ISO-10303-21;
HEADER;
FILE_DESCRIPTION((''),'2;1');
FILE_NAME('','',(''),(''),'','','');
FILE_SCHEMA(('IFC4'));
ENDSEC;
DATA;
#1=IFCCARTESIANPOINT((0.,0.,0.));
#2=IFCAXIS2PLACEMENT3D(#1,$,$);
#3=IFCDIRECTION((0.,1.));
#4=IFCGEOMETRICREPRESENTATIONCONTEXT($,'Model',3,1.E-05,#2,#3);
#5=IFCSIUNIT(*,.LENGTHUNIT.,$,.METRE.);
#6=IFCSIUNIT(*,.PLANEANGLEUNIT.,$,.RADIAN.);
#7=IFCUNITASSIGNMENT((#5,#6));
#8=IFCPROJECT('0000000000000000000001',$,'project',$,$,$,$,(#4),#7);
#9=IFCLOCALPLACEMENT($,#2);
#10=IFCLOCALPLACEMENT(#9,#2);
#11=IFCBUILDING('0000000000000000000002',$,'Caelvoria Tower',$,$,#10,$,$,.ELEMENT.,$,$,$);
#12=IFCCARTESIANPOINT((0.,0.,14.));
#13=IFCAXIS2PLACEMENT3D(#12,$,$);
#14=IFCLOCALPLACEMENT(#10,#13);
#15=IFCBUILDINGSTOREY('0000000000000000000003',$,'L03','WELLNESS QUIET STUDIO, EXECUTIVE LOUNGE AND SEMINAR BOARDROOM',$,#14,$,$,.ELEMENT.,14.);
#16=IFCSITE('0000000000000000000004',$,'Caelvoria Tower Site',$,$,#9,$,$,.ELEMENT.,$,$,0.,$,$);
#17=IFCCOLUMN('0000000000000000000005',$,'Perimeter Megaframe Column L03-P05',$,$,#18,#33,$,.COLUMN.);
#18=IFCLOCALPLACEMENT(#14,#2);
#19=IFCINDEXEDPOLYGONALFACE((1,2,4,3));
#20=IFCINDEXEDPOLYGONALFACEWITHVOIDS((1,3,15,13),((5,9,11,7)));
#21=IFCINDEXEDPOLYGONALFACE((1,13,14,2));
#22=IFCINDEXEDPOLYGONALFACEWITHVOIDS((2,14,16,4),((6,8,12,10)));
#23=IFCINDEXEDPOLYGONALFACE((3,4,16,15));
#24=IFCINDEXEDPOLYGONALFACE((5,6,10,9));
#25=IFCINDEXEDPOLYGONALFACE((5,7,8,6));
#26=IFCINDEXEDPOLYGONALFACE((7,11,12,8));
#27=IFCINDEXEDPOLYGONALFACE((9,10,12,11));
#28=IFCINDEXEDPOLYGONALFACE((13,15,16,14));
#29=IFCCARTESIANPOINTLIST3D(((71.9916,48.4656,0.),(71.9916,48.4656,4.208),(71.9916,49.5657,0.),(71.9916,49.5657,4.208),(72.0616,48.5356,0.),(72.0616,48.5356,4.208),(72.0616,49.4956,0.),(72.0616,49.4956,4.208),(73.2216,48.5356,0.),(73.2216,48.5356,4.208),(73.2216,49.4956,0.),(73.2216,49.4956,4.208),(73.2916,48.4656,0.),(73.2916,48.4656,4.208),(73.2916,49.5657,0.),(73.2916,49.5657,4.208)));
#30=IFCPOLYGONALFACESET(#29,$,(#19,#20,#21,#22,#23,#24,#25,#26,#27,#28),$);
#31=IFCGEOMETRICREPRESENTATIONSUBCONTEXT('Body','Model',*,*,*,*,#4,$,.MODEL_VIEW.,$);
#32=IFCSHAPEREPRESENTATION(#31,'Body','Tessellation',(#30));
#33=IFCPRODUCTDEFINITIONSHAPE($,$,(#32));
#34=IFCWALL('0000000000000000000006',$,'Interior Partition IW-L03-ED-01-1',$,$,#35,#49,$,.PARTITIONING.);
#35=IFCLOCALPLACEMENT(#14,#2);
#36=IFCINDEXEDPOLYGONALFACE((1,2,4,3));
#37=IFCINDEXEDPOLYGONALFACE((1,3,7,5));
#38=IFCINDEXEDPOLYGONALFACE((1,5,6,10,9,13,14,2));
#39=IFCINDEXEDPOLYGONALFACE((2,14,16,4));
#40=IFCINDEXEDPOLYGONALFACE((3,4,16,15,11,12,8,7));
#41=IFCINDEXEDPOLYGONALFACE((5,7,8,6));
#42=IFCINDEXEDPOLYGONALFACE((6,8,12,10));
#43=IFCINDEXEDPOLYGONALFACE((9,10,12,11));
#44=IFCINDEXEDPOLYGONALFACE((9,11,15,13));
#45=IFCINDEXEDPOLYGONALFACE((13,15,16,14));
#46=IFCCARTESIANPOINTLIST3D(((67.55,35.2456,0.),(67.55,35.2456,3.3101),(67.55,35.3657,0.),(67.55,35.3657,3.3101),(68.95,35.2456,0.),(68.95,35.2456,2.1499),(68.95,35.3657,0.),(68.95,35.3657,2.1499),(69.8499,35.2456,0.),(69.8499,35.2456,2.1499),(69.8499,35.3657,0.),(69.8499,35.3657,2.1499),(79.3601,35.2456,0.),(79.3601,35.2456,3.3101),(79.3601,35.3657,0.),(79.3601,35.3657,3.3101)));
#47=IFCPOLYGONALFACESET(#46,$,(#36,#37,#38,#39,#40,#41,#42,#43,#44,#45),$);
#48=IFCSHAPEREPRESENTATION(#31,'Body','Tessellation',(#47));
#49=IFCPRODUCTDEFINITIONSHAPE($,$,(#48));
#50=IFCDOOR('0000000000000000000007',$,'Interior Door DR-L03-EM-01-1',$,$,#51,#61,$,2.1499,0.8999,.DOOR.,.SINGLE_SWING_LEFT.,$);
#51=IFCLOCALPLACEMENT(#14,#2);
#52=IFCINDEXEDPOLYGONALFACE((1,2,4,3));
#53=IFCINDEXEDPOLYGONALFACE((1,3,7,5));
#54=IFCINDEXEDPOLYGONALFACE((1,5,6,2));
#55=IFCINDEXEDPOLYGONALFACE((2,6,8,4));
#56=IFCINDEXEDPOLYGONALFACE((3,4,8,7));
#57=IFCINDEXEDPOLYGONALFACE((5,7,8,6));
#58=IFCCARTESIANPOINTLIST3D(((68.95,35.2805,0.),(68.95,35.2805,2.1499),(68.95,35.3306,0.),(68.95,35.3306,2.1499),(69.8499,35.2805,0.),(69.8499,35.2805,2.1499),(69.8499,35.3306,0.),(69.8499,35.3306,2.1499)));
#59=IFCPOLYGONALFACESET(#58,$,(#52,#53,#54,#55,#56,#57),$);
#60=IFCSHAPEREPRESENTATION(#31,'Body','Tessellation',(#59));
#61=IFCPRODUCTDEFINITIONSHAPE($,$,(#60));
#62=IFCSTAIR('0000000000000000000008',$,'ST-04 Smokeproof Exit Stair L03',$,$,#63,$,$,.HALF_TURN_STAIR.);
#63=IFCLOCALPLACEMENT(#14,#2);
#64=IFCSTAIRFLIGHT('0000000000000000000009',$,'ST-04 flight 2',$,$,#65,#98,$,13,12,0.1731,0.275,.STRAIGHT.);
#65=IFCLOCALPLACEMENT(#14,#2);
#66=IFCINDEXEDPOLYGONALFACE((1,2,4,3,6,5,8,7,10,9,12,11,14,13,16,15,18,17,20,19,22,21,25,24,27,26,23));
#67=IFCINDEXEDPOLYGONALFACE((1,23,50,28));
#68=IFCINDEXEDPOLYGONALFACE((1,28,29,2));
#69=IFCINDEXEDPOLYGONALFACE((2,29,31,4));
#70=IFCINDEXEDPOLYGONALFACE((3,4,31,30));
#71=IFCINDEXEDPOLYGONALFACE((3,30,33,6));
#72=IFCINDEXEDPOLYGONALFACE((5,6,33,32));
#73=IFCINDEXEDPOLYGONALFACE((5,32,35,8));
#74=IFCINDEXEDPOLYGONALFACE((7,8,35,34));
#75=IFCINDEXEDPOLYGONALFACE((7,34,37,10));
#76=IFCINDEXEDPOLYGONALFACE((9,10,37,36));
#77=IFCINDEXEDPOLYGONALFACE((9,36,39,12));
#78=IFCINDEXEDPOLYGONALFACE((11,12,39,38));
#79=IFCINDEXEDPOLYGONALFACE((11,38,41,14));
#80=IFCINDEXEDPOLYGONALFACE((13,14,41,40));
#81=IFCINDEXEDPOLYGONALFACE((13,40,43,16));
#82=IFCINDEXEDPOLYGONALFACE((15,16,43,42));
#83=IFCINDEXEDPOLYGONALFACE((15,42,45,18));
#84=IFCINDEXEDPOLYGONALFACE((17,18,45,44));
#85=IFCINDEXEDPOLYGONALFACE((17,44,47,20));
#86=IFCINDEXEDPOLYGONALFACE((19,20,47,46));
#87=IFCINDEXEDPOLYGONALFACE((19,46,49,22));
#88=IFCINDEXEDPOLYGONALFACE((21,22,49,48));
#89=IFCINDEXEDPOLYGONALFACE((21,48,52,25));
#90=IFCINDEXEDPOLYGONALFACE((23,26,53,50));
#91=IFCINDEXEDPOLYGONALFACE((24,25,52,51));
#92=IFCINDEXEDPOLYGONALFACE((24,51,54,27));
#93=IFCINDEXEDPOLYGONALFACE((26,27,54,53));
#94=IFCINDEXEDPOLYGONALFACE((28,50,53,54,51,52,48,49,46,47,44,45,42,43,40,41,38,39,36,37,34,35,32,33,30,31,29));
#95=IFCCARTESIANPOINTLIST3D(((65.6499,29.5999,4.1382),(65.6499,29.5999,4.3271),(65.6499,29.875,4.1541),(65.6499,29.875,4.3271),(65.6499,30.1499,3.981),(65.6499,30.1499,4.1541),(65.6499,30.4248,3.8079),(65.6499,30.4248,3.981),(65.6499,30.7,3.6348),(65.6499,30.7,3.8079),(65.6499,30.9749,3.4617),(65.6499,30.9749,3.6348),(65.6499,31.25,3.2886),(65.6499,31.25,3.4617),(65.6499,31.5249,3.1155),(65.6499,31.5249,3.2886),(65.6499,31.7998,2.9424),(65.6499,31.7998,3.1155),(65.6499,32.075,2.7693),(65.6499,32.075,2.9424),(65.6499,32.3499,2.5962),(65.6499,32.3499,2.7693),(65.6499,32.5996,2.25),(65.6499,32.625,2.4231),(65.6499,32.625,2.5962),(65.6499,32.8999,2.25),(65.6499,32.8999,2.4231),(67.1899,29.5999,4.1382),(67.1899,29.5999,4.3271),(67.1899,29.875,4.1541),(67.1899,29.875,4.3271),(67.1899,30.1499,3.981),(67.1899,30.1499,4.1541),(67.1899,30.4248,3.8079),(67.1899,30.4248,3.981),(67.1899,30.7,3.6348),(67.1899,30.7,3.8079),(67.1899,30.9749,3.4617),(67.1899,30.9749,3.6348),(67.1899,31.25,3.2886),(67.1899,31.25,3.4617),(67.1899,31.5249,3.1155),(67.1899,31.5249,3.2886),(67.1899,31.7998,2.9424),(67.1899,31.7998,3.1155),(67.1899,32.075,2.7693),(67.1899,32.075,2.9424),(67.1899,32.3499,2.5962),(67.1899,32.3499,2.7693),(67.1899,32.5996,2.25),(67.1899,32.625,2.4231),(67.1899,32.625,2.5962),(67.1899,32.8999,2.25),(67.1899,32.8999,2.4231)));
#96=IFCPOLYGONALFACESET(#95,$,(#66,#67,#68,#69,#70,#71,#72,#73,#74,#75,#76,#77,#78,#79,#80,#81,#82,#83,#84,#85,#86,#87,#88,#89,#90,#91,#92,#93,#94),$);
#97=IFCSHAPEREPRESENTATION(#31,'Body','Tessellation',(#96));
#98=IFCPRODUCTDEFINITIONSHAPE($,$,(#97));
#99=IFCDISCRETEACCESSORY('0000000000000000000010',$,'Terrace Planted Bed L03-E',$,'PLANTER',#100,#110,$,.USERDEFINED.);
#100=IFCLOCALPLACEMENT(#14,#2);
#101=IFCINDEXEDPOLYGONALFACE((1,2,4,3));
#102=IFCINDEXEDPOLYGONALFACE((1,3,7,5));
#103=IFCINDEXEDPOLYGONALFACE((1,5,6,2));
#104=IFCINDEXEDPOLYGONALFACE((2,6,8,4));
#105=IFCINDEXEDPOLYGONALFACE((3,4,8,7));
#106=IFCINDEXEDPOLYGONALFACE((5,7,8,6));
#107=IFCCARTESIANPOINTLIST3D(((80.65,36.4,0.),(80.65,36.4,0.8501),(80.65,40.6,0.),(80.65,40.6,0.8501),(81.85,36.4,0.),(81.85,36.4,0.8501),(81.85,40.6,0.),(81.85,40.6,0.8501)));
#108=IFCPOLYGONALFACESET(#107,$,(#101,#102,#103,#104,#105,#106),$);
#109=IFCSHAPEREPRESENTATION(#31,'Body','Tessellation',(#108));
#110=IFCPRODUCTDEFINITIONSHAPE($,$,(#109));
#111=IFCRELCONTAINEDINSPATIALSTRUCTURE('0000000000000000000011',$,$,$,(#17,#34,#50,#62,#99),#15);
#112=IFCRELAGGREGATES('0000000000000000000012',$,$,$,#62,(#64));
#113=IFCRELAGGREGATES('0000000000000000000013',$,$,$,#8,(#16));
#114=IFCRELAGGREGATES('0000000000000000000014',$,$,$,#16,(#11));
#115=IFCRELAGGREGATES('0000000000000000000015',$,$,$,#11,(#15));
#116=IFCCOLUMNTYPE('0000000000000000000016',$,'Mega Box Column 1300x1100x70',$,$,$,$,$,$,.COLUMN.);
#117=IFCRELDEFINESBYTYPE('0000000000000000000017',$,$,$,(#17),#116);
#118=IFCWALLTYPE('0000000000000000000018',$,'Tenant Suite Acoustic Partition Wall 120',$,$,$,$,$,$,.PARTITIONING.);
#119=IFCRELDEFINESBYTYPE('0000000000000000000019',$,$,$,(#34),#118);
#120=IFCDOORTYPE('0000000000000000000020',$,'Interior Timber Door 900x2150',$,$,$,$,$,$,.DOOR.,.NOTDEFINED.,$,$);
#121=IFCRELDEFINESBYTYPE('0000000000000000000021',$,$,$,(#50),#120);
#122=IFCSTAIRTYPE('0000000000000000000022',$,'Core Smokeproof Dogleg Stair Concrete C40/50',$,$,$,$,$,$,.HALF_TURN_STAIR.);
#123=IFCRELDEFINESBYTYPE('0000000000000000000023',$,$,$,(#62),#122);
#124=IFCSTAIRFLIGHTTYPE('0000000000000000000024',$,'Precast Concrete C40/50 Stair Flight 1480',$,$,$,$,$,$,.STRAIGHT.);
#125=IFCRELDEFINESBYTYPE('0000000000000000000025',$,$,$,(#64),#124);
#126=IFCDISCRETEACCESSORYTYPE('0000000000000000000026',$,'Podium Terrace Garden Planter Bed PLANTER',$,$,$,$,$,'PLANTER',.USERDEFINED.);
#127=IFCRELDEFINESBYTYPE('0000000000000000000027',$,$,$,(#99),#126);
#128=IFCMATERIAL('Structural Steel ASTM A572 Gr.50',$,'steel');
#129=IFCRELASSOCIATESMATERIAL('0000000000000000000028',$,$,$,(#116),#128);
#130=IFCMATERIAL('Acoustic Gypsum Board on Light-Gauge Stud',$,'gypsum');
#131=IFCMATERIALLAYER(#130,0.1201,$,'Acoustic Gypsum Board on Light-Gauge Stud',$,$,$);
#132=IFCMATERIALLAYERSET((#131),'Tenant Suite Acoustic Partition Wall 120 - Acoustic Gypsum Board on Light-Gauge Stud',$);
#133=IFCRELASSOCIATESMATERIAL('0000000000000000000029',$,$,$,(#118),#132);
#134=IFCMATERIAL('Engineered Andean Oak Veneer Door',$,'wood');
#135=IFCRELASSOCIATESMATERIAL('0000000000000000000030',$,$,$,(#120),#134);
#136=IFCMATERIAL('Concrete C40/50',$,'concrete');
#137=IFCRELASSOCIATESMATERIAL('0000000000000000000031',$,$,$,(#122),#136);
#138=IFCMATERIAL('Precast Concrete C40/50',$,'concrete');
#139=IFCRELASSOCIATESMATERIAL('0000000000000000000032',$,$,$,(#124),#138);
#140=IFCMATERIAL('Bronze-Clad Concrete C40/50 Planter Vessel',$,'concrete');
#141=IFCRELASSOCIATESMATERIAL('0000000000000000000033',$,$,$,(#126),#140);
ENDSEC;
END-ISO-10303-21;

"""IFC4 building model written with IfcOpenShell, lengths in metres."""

from ifc_helpers import new_model, si_unit, direction, frame, frame_2d, origin, origin_2d, place, context, subcontext, project, spatial, polyline, rectangle, hollow_rectangle, outline, extrude, material, layer, layer_set, material_profile, profile_set, type_object, element, fill, aggregate, save


model = new_model("IFC4")

# Units and contexts
model_context = context("Model", 3, precision=1e-05, world=origin(), true_north=direction((0.0, 1.0)))
body_context = subcontext(model_context, "Body", "Model", "MODEL_VIEW")
ifc_project = project(units=[si_unit("LENGTHUNIT", "METRE"), si_unit("PLANEANGLEUNIT", "RADIAN")], contexts=[model_context])

# Site, building, storey
site_placement = place(None, origin())
site = spatial("IfcSite", under=ifc_project, at=site_placement, Name="Caelvoria Tower Site", CompositionType="ELEMENT", RefElevation=0.0)
building_placement = place(site_placement, origin())
building = spatial("IfcBuilding", under=site, at=building_placement, Name="Caelvoria Tower", CompositionType="ELEMENT")
storey_placement = place(building_placement, frame((0.0, 0.0, 14.0)))
storey = spatial("IfcBuildingStorey", under=building, at=storey_placement, Name="L03", Description="WELLNESS QUIET STUDIO, EXECUTIVE LOUNGE AND SEMINAR BOARDROOM", CompositionType="ELEMENT", Elevation=14.0)

# Column
ifc_material_1 = material(Name="Structural Steel ASTM A572 Gr.50", Category="steel")
ifc_material_profile = material_profile(ifc_material_1, hollow_rectangle(XDim=1.1001, YDim=1.3, WallThickness=0.0701, at=origin_2d()), Name="Structural Steel ASTM A572 Gr.50")
ifc_profile_set = profile_set([ifc_material_profile], Name="BOX1300X1100X70 - Structural Steel ASTM A572 Gr.50")
column_type = type_object("IfcColumnType", Name="Mega Box Column 1300x1100x70", PredefinedType="COLUMN", material=ifc_profile_set)
column_placement = place(storey_placement, frame((72.6416, 49.0156, 0.0), z_axis=(0.0, 0.0, 1.0), x_axis=(0.0, 1.0, 0.0)))
element("IfcColumn", 1, at=column_placement, inside=storey, type_object=column_type, Name="Perimeter Megaframe Column L03-P05", PredefinedType="COLUMN", context=body_context, shape_type="SweptSolid", body=[
    extrude(hollow_rectangle(XDim=1.1001, YDim=1.3, WallThickness=0.0701, at=origin_2d()), origin(), (0.0, 0.0, 1.0), 4.208),
])

# Wall, opening, door
ifc_material_2 = material(Name="Acoustic Gypsum Board on Light-Gauge Stud", Category="gypsum")
ifc_layer = layer(ifc_material_2, 0.1201, Name="Acoustic Gypsum Board on Light-Gauge Stud")
ifc_layer_set = layer_set([ifc_layer], Name="Tenant Suite Acoustic Partition Wall 120 - Acoustic Gypsum Board on Light-Gauge Stud")
wall_type = type_object("IfcWallType", Name="Tenant Suite Acoustic Partition Wall 120", PredefinedType="PARTITIONING", material=ifc_layer_set)
wall_placement = place(storey_placement, frame((67.55, 35.3057, 0.0), z_axis=(0.0, 0.0, 1.0), x_axis=(1.0, 0.0, 0.0)))
wall = element("IfcWall", 2, at=wall_placement, inside=storey, type_object=wall_type, Name="Interior Partition IW-L03-ED-01-1", PredefinedType="PARTITIONING", context=body_context, shape_type="SweptSolid", body=[
    extrude(rectangle(XDim=11.8101, YDim=0.1201, at=frame_2d((5.905, 0.0))), origin(), (0.0, 0.0, 1.0), 3.3101),
])
opening_placement = place(wall_placement, frame((1.3999, 0.0, 0.0)))
opening = element("IfcOpeningElement", 3, at=opening_placement, cuts=wall, PredefinedType="OPENING", context=body_context, shape_type="SweptSolid", body=[
    extrude(rectangle(XDim=0.8999, YDim=2.1499, at=frame_2d((0.45, 1.075))), frame((0.0, 0.0701, 0.0), z_axis=(0.0, -1.0, 0.0), x_axis=(1.0, 0.0, 0.0)), (0.0, 0.0, 1.0), 0.1401),
])
ifc_material_3 = material(Name="Engineered Andean Oak Veneer Door", Category="wood")
door_type = type_object("IfcDoorType", Name="Interior Timber Door 900x2150", OperationType="NOTDEFINED", PredefinedType="DOOR", material=ifc_material_3)
door_placement = place(opening_placement, origin())
door = element("IfcDoor", 4, at=door_placement, inside=storey, type_object=door_type, Name="Interior Door DR-L03-EM-01-1", OperationType="SINGLE_SWING_LEFT", OverallHeight=2.1499, OverallWidth=0.8999, PredefinedType="DOOR", context=body_context, shape_type="SweptSolid", body=[
    extrude(rectangle(XDim=0.8999, YDim=2.1499, at=frame_2d((0.45, 1.075))), frame((0.0, 0.0249, 0.0), z_axis=(0.0, -1.0, 0.0), x_axis=(1.0, 0.0, 0.0)), (0.0, 0.0, 1.0), 0.05),
])
fill(opening, door)

# Stair, stair flight
ifc_material_4 = material(Name="Concrete C40/50", Category="concrete")
stair_type = type_object("IfcStairType", Name="Core Smokeproof Dogleg Stair Concrete C40/50", PredefinedType="HALF_TURN_STAIR", material=ifc_material_4)
stair_placement = place(storey_placement, origin())
stair = element("IfcStair", 5, at=stair_placement, inside=storey, type_object=stair_type, Name="ST-04 Smokeproof Exit Stair L03", PredefinedType="HALF_TURN_STAIR")
ifc_material_5 = material(Name="Precast Concrete C40/50", Category="concrete")
stair_flight_type = type_object("IfcStairFlightType", Name="Precast Concrete C40/50 Stair Flight 1480", PredefinedType="STRAIGHT", material=ifc_material_5)
stair_flight_placement = place(storey_placement, frame((66.4199, 32.8999, 2.25), z_axis=(0.0, 0.0, 1.0), x_axis=(0.0, -1.0, 0.0)))
stair_flight = element("IfcStairFlight", 6, at=stair_flight_placement, type_object=stair_flight_type, Name="ST-04 flight 2", NumberOfRisers=13, NumberOfTreads=12, PredefinedType="STRAIGHT", RiserHeight=0.1731, TreadLength=0.275, context=body_context, shape_type="SweptSolid", body=[
    extrude(outline(polyline([(0.0, 0.0), (0.0, 0.1731), (0.2749, 0.1731), (0.2749, 0.3462), (0.55, 0.3462), (0.55, 0.5193), (0.825, 0.5193), (0.825, 0.6924), (1.1001, 0.6924), (1.1001, 0.8655), (1.375, 0.8655), (1.375, 1.0386), (1.6499, 1.0386), (1.6499, 1.2117), (1.925, 1.2117), (1.925, 1.3848), (2.2, 1.3848), (2.2, 1.5579), (2.4751, 1.5579), (2.4751, 1.731), (2.75, 1.731), (2.75, 1.9041), (3.0249, 1.9041), (3.0249, 2.0771), (3.3, 2.0771), (3.3, 2.2502), (3.3, 1.8882), (0.3003, 0.0), (0.0, 0.0)])), frame((0.0, 0.77, 0.0), z_axis=(0.0, -1.0, 0.0), x_axis=(1.0, 0.0, 0.0)), (0.0, 0.0, 1.0), 1.54),
])
aggregate(stair, [stair_flight])

# Discrete accessory
ifc_material_6 = material(Name="Bronze-Clad Concrete C40/50 Planter Vessel", Category="concrete")
discrete_accessory_type = type_object("IfcDiscreteAccessoryType", Name="Podium Terrace Garden Planter Bed PLANTER", ElementType="PLANTER", PredefinedType="USERDEFINED", material=ifc_material_6)
discrete_accessory_placement = place(storey_placement, frame((81.25, 38.5, 0.0), z_axis=(0.0, 0.0, 1.0), x_axis=(1.0, 0.0, 0.0)))
element("IfcDiscreteAccessory", 7, at=discrete_accessory_placement, inside=storey, type_object=discrete_accessory_type, Name="Terrace Planted Bed L03-E", ObjectType="PLANTER", PredefinedType="USERDEFINED", context=body_context, shape_type="SweptSolid", body=[
    extrude(rectangle(XDim=1.2, YDim=4.2, at=origin_2d()), origin(), (0.0, 0.0, 1.0), 0.8501),
])

save(model, "model.ifc")
